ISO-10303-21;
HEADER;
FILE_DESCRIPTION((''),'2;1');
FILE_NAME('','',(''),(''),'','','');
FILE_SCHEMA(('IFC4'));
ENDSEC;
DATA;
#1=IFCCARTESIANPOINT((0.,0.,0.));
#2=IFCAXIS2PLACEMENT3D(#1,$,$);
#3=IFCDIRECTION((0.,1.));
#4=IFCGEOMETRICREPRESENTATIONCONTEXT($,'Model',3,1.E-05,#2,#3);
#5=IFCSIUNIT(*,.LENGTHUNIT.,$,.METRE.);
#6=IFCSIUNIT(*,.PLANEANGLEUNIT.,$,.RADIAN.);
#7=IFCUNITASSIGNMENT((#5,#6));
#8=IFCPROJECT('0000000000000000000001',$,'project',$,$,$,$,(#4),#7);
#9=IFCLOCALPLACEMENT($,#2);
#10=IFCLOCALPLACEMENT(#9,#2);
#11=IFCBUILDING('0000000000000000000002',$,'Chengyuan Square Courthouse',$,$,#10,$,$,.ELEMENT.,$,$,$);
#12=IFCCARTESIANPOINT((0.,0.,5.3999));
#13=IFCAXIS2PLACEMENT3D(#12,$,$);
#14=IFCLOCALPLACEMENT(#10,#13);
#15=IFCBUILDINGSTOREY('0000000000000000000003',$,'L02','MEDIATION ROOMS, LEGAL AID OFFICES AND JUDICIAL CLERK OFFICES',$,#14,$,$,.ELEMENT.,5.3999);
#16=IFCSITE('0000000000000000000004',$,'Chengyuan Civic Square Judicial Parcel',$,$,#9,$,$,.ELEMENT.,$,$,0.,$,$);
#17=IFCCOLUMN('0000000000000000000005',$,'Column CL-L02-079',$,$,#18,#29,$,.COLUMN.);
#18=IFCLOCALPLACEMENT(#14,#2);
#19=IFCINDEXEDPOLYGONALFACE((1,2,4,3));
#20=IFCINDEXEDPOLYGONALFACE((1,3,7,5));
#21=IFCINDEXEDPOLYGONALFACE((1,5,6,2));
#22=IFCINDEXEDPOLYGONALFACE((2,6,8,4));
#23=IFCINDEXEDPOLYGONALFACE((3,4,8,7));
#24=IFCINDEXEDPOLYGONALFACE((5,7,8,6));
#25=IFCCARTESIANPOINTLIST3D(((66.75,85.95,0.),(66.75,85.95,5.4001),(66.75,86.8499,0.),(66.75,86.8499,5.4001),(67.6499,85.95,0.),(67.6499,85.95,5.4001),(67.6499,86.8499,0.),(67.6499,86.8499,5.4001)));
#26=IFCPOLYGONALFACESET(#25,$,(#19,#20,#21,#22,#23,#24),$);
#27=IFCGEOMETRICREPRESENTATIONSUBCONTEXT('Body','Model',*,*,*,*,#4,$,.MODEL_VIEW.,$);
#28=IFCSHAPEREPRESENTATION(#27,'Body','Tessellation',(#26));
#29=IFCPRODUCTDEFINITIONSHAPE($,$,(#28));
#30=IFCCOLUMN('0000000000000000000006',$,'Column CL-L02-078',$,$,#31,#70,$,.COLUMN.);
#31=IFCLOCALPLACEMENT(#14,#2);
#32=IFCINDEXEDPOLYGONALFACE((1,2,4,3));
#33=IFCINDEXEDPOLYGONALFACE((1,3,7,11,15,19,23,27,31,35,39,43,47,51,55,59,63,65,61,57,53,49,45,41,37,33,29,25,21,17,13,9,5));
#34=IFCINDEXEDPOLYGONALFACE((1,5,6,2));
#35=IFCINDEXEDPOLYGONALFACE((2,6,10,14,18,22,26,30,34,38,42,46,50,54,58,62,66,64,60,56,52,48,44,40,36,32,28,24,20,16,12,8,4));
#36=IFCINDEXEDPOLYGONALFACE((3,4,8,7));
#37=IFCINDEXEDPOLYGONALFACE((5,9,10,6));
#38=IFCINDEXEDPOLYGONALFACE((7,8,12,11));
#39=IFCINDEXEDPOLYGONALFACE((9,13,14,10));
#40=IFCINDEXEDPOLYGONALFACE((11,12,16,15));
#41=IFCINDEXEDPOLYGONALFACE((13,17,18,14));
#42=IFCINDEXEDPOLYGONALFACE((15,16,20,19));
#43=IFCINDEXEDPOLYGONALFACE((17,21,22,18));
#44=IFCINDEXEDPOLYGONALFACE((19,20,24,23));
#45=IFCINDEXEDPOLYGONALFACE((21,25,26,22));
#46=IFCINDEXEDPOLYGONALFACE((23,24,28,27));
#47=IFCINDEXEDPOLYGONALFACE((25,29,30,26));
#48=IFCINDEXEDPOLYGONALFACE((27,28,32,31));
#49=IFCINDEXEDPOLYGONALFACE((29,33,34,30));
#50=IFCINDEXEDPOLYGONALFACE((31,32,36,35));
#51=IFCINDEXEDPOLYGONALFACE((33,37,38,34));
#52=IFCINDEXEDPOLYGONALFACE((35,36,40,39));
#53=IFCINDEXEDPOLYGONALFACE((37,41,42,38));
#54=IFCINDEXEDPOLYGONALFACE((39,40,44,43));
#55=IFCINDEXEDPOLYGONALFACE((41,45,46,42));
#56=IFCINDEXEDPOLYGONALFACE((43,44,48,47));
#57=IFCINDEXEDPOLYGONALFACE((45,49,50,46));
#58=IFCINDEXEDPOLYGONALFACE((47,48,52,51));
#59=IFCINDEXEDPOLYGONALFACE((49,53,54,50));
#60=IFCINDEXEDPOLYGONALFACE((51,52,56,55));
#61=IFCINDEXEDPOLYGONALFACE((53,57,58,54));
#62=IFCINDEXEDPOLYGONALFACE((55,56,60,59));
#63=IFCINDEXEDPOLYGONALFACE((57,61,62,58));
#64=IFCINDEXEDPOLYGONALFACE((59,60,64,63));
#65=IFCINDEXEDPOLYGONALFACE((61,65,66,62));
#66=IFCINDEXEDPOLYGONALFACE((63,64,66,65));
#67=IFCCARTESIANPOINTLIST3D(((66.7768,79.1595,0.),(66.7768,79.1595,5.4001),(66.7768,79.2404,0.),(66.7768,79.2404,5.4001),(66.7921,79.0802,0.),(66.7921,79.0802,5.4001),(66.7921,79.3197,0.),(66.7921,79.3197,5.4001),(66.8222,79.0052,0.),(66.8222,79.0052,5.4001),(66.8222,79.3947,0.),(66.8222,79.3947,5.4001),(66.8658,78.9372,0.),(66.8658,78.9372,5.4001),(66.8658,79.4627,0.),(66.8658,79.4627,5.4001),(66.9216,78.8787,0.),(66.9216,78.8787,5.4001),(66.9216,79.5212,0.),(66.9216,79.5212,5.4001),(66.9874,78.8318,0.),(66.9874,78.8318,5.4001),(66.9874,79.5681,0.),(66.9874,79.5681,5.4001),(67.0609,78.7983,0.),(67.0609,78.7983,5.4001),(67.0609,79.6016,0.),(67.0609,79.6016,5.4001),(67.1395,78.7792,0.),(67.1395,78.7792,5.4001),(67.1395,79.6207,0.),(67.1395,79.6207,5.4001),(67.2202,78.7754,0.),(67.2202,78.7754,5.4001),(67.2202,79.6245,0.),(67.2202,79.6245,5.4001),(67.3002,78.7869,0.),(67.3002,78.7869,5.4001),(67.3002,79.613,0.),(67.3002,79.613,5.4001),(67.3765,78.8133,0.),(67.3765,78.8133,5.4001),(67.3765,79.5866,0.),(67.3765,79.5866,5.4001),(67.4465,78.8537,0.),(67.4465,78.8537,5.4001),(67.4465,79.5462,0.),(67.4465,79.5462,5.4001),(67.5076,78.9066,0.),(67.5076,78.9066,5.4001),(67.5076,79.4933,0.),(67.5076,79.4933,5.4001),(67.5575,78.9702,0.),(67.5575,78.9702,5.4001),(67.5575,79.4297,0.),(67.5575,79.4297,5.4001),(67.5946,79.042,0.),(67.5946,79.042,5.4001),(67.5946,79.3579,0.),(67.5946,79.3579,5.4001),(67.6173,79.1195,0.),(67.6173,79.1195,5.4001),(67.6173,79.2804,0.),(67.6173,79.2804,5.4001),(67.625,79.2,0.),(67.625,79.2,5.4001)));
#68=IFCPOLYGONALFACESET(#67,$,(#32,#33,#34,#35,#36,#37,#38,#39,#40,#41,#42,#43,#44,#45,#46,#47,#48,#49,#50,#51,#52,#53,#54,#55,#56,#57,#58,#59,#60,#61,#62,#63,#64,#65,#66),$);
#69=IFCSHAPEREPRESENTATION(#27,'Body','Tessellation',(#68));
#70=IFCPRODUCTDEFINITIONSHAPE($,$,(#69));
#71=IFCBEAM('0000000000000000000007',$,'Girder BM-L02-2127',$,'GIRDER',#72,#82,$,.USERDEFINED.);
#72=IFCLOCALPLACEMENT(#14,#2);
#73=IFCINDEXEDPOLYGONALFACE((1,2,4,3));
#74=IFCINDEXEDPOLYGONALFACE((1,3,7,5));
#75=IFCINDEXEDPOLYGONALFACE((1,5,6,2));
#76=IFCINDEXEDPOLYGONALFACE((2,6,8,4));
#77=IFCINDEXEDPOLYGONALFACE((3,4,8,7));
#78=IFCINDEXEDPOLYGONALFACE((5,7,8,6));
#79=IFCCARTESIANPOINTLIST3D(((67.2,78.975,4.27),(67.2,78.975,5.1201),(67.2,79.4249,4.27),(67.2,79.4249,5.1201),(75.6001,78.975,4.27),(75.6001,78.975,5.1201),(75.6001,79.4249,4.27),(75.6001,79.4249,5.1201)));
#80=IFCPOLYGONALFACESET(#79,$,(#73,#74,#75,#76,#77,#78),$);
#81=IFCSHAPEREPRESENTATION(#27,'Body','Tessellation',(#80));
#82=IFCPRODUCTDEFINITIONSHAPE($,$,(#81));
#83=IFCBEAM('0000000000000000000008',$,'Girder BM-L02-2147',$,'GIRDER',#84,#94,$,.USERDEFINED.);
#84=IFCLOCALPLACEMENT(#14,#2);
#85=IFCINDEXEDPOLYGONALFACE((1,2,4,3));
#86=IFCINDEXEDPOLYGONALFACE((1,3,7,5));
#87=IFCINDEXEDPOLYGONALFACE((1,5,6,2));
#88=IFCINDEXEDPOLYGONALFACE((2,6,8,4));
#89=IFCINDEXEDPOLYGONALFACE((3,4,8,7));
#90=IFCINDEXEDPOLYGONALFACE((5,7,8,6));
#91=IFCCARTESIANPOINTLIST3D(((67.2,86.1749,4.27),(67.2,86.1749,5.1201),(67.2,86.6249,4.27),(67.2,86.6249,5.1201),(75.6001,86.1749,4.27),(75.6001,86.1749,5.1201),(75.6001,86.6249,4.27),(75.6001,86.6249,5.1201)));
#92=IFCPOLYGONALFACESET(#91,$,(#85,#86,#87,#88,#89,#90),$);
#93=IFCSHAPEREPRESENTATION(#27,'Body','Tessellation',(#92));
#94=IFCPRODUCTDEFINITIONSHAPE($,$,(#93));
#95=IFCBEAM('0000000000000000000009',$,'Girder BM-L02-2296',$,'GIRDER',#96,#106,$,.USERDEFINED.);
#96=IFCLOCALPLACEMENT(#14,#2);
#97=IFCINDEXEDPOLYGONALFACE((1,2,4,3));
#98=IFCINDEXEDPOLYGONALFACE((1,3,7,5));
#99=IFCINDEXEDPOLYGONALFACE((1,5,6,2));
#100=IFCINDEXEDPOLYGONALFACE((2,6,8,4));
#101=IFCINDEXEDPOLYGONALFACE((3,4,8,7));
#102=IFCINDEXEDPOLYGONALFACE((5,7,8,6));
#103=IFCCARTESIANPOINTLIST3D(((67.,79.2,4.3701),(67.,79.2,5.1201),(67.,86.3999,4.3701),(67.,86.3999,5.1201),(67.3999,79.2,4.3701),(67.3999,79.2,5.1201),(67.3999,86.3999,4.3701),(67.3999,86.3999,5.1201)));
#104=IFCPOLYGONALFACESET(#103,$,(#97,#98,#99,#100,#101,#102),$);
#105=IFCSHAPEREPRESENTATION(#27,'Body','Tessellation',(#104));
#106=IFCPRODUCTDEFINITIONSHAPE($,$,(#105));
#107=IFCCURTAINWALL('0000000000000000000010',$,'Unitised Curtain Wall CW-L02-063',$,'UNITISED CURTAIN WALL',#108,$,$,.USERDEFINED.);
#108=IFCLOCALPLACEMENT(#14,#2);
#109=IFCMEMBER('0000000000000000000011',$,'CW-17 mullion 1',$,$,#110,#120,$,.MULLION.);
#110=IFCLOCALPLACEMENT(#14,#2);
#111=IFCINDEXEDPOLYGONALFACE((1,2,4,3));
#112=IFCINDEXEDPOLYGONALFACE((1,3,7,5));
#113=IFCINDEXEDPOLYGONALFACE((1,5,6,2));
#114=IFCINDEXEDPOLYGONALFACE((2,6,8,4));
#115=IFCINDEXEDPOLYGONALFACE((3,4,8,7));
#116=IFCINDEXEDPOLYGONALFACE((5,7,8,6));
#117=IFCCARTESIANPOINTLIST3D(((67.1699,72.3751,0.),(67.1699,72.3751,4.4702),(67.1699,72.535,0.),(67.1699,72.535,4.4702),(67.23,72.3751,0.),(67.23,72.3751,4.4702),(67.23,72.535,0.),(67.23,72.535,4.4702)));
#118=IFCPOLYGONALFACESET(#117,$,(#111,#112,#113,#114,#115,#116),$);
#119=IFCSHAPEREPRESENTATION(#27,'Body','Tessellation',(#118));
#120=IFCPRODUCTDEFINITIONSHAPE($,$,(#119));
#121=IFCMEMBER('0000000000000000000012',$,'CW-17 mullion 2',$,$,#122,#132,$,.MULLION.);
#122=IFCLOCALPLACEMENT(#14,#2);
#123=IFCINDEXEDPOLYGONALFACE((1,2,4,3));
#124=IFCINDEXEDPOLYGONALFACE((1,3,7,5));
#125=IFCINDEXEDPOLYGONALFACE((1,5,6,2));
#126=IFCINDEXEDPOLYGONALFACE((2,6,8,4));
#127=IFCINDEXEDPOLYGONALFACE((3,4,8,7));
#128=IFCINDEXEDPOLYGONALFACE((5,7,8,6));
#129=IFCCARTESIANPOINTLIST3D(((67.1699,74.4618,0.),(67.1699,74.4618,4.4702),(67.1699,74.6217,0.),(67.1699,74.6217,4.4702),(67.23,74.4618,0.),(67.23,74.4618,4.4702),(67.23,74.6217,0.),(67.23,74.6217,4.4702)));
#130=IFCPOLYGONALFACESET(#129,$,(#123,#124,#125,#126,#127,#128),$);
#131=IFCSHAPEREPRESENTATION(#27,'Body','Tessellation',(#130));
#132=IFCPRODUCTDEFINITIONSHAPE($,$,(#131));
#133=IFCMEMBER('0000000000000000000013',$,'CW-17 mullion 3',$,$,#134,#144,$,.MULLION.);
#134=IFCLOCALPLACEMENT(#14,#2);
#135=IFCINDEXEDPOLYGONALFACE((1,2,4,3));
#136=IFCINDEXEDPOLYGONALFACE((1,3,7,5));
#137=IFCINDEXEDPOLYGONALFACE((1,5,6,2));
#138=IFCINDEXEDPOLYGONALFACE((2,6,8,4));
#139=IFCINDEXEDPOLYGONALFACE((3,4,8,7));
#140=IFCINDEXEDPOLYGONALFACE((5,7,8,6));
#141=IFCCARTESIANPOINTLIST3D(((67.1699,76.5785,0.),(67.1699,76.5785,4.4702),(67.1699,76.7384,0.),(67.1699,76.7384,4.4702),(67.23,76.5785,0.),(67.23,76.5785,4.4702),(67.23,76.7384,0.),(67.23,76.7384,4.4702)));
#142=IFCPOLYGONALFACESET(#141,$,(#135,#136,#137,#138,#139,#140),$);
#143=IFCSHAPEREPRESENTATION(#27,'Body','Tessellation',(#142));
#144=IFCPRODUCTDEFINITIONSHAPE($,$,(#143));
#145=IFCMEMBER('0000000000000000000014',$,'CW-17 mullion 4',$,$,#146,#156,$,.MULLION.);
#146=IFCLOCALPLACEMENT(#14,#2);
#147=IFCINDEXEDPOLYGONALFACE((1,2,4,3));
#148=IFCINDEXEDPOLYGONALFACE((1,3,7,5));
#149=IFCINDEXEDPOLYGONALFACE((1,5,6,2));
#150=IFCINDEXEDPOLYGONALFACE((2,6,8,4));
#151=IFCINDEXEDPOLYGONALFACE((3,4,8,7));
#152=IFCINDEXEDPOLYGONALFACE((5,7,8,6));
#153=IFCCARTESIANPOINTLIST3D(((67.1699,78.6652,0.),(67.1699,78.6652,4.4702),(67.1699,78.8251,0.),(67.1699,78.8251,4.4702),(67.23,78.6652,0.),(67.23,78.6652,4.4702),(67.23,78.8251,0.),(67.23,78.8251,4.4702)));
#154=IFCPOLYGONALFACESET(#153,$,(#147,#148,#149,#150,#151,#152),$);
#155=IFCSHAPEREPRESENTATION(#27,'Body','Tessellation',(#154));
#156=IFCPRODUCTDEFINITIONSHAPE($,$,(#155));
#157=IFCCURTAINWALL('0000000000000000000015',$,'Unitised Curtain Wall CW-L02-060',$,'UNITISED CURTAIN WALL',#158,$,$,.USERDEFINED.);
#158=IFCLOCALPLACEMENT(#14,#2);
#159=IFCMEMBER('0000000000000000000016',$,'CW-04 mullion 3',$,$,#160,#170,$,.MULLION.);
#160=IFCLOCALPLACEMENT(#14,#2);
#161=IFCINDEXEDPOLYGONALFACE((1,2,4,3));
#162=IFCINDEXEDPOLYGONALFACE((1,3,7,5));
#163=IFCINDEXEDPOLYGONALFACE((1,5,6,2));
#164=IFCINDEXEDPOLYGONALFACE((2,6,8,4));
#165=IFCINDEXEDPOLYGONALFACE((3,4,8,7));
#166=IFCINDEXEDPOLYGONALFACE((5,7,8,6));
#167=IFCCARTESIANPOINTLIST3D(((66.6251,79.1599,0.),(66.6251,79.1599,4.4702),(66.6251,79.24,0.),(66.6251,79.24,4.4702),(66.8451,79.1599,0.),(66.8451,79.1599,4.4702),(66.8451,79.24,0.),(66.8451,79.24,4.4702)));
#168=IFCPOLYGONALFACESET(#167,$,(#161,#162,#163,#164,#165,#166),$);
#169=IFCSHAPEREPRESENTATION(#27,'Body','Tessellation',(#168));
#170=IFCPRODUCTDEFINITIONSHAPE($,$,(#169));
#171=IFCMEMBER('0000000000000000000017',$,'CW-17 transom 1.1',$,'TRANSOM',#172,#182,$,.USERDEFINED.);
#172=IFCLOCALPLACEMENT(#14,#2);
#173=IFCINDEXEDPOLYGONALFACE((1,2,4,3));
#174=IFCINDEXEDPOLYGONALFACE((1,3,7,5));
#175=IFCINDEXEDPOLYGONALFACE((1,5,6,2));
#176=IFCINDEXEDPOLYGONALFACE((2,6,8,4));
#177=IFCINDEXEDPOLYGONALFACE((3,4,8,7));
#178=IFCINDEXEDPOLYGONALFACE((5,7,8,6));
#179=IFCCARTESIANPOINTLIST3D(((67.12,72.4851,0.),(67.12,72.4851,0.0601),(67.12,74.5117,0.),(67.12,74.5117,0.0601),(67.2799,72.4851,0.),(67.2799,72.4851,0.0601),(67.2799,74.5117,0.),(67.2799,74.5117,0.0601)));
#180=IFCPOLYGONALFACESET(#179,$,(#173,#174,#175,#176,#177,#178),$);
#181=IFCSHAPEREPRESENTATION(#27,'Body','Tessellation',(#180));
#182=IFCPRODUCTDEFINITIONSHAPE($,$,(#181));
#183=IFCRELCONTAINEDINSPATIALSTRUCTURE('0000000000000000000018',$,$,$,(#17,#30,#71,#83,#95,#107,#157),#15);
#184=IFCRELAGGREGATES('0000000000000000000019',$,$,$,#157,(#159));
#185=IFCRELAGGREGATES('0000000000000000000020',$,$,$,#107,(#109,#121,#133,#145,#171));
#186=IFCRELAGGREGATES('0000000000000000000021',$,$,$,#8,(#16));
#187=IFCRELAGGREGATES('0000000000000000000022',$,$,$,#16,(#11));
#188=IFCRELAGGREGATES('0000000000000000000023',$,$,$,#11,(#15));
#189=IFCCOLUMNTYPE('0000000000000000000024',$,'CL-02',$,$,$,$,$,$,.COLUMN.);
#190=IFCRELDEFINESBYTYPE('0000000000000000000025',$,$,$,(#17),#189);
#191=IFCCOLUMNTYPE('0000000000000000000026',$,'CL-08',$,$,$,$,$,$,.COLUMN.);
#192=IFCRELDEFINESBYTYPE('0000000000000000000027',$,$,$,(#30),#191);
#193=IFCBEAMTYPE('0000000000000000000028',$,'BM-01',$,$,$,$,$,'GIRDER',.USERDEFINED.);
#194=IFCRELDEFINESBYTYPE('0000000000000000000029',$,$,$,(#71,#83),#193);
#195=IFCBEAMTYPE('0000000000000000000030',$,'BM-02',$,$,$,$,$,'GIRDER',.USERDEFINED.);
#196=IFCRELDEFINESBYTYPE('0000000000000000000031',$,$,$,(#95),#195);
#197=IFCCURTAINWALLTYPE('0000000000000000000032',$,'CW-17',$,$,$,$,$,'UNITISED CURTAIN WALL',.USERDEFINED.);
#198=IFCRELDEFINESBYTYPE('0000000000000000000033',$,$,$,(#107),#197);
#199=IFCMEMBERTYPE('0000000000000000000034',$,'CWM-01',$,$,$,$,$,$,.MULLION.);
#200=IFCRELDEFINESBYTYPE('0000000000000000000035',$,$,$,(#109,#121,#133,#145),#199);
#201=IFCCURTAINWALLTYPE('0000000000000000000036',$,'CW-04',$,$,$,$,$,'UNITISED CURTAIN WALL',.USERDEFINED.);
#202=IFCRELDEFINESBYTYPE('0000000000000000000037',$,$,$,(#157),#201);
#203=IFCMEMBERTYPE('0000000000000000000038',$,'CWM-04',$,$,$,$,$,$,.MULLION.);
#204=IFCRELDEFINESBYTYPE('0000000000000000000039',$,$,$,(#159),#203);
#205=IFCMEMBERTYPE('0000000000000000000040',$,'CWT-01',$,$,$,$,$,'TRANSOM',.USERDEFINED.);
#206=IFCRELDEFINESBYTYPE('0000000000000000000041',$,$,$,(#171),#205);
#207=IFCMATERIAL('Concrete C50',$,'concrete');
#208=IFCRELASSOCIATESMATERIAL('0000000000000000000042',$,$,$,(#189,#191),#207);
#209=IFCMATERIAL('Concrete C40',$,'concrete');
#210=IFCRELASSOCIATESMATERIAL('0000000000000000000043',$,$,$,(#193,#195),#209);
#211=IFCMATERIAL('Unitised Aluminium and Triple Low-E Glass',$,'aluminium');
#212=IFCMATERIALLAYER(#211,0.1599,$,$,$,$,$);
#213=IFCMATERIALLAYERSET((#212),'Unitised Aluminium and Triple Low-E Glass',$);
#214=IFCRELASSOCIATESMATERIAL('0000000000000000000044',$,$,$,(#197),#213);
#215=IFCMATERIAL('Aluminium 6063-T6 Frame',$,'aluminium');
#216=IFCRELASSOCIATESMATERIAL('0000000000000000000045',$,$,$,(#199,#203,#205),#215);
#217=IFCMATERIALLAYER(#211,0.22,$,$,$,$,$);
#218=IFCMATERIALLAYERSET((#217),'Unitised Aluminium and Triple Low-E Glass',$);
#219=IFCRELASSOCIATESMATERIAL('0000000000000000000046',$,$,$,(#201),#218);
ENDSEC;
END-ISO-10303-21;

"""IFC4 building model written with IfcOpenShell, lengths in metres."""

from ifc_helpers import new_model, si_unit, direction, frame, origin, origin_2d, place, context, subcontext, project, spatial, rectangle, circle, extrude, material, layer, layer_set, material_profile, profile_set, type_object, element, aggregate, save


model = new_model("IFC4")

# Units and contexts
model_context = context("Model", 3, precision=1e-05, world=origin(), true_north=direction((0.0, 1.0)))
body_context = subcontext(model_context, "Body", "Model", "MODEL_VIEW")
ifc_project = project(units=[si_unit("LENGTHUNIT", "METRE"), si_unit("PLANEANGLEUNIT", "RADIAN")], contexts=[model_context])

# Site, building, storey
site_placement = place(None, origin())
site = spatial("IfcSite", under=ifc_project, at=site_placement, Name="Chengyuan Civic Square Judicial Parcel", CompositionType="ELEMENT", RefElevation=0.0)
building_placement = place(site_placement, origin())
building = spatial("IfcBuilding", under=site, at=building_placement, Name="Chengyuan Square Courthouse", CompositionType="ELEMENT")
storey_placement = place(building_placement, frame((0.0, 0.0, 5.3999)))
storey = spatial("IfcBuildingStorey", under=building, at=storey_placement, Name="L02", Description="MEDIATION ROOMS, LEGAL AID OFFICES AND JUDICIAL CLERK OFFICES", CompositionType="ELEMENT", Elevation=5.3999)

# Columns
ifc_material_1 = material(Name="Concrete C50", Category="concrete")
ifc_material_profile_1 = material_profile(ifc_material_1, rectangle(XDim=0.8999, YDim=0.8999, at=origin_2d()), Name="RC-COL-900x900")
ifc_profile_set_1 = profile_set([ifc_material_profile_1], Name="Concrete C50")
column_type_1 = type_object("IfcColumnType", Name="CL-02", PredefinedType="COLUMN", material=ifc_profile_set_1)
column_1_placement = place(storey_placement, frame((67.2, 86.3999, 0.0), z_axis=(0.0, 0.0, 1.0), x_axis=(1.0, 0.0, 0.0)))
element("IfcColumn", 1, at=column_1_placement, inside=storey, type_object=column_type_1, Name="Column CL-L02-079", PredefinedType="COLUMN", context=body_context, shape_type="SweptSolid", body=[
    extrude(rectangle(XDim=0.8999, YDim=0.8999, at=origin_2d()), origin(), (0.0, 0.0, 1.0), 5.4001),
])
ifc_material_profile_2 = material_profile(ifc_material_1, circle(Radius=0.425, at=origin_2d()), Name="RC-COL-D850")
ifc_profile_set_2 = profile_set([ifc_material_profile_2], Name="Concrete C50")
column_type_2 = type_object("IfcColumnType", Name="CL-08", PredefinedType="COLUMN", material=ifc_profile_set_2)
column_2_placement = place(storey_placement, frame((67.2, 79.2, 0.0), z_axis=(0.0, 0.0, 1.0), x_axis=(1.0, 0.0, 0.0)))
element("IfcColumn", 2, at=column_2_placement, inside=storey, type_object=column_type_2, Name="Column CL-L02-078", PredefinedType="COLUMN", context=body_context, shape_type="SweptSolid", body=[
    extrude(circle(Radius=0.425, at=origin_2d()), origin(), (0.0, 0.0, 1.0), 5.4001),
])

# Beams
ifc_material_2 = material(Name="Concrete C40", Category="concrete")
ifc_material_profile_3 = material_profile(ifc_material_2, rectangle(XDim=0.45, YDim=0.8501, at=origin_2d()), Name="RC-BM-450x850")
ifc_profile_set_3 = profile_set([ifc_material_profile_3], Name="Concrete C40")
beam_type_1 = type_object("IfcBeamType", Name="BM-01", ElementType="GIRDER", PredefinedType="USERDEFINED", material=ifc_profile_set_3)
for number, where, z_axis, x_axis, name in (
    (3, (67.2, 79.2, 4.6951), (1.0, 0.0, 0.0), (0.0, 1.0, 0.0), "Girder BM-L02-2127"),
    (4, (67.2, 86.3999, 4.6951), (1.0, 0.0, 0.0), (0.0, 1.0, 0.0), "Girder BM-L02-2147"),
):
    element("IfcBeam", number, at=place(storey_placement, frame(where, z_axis=z_axis, x_axis=x_axis)), inside=storey, type_object=beam_type_1, Name=name, ObjectType="GIRDER", PredefinedType="USERDEFINED", context=body_context, shape_type="SweptSolid", body=[
        extrude(rectangle(XDim=0.45, YDim=0.8501, at=origin_2d()), origin(), (0.0, 0.0, 1.0), 8.4001),
    ])
ifc_material_profile_4 = material_profile(ifc_material_2, rectangle(XDim=0.3999, YDim=0.75, at=origin_2d()), Name="RC-BM-400x750")
ifc_profile_set_4 = profile_set([ifc_material_profile_4], Name="Concrete C40")
beam_type_2 = type_object("IfcBeamType", Name="BM-02", ElementType="GIRDER", PredefinedType="USERDEFINED", material=ifc_profile_set_4)
beam_placement = place(storey_placement, frame((67.2, 79.2, 4.7451), z_axis=(0.0, 1.0, 0.0), x_axis=(-1.0, 0.0, 0.0)))
element("IfcBeam", 5, at=beam_placement, inside=storey, type_object=beam_type_2, Name="Girder BM-L02-2296", ObjectType="GIRDER", PredefinedType="USERDEFINED", context=body_context, shape_type="SweptSolid", body=[
    extrude(rectangle(XDim=0.3999, YDim=0.75, at=origin_2d()), origin(), (0.0, 0.0, 1.0), 7.2),
])

# Curtain wall, members
ifc_material_3 = material(Name="Unitised Aluminium and Triple Low-E Glass", Category="aluminium")
ifc_layer_1 = layer(ifc_material_3, 0.1599)
ifc_layer_set_1 = layer_set([ifc_layer_1], Name="Unitised Aluminium and Triple Low-E Glass")
curtain_wall_type_1 = type_object("IfcCurtainWallType", Name="CW-17", ElementType="UNITISED CURTAIN WALL", PredefinedType="USERDEFINED", material=ifc_layer_set_1)
curtain_wall_1_placement = place(storey_placement, origin())
curtain_wall_1 = element("IfcCurtainWall", 6, at=curtain_wall_1_placement, inside=storey, type_object=curtain_wall_type_1, Name="Unitised Curtain Wall CW-L02-063", ObjectType="UNITISED CURTAIN WALL", PredefinedType="USERDEFINED")
ifc_material_4 = material(Name="Aluminium 6063-T6 Frame", Category="aluminium")
ifc_material_profile_5 = material_profile(ifc_material_4, rectangle(XDim=0.0601, YDim=0.1599, at=origin_2d()), Name="CW-MUL-60x160")
ifc_profile_set_5 = profile_set([ifc_material_profile_5], Name="Aluminium 6063-T6 Frame")
member_type_1 = type_object("IfcMemberType", Name="CWM-01", PredefinedType="MULLION", material=ifc_profile_set_5)
member_1_placement = place(storey_placement, frame((67.2, 72.4551, 0.0), z_axis=(0.0, 0.0, 1.0), x_axis=(-1.0, 0.0, 0.0)))
member_1 = element("IfcMember", 7, at=member_1_placement, type_object=member_type_1, Name="CW-17 mullion 1", PredefinedType="MULLION", context=body_context, shape_type="SweptSolid", body=[
    extrude(rectangle(XDim=0.0601, YDim=0.1599, at=origin_2d()), origin(), (0.0, 0.0, 1.0), 4.4702),
])
member_2_placement = place(storey_placement, frame((67.2, 74.5417, 0.0), z_axis=(0.0, 0.0, 1.0), x_axis=(-1.0, 0.0, 0.0)))
member_2 = element("IfcMember", 8, at=member_2_placement, type_object=member_type_1, Name="CW-17 mullion 2", PredefinedType="MULLION", context=body_context, shape_type="SweptSolid", body=[
    extrude(rectangle(XDim=0.0601, YDim=0.1599, at=origin_2d()), origin(), (0.0, 0.0, 1.0), 4.4702),
])
member_3_placement = place(storey_placement, frame((67.2, 76.6584, 0.0), z_axis=(0.0, 0.0, 1.0), x_axis=(-1.0, 0.0, 0.0)))
member_3 = element("IfcMember", 9, at=member_3_placement, type_object=member_type_1, Name="CW-17 mullion 3", PredefinedType="MULLION", context=body_context, shape_type="SweptSolid", body=[
    extrude(rectangle(XDim=0.0601, YDim=0.1599, at=origin_2d()), origin(), (0.0, 0.0, 1.0), 4.4702),
])
member_4_placement = place(storey_placement, frame((67.2, 78.7451, 0.0), z_axis=(0.0, 0.0, 1.0), x_axis=(-1.0, 0.0, 0.0)))
member_4 = element("IfcMember", 10, at=member_4_placement, type_object=member_type_1, Name="CW-17 mullion 4", PredefinedType="MULLION", context=body_context, shape_type="SweptSolid", body=[
    extrude(rectangle(XDim=0.0601, YDim=0.1599, at=origin_2d()), origin(), (0.0, 0.0, 1.0), 4.4702),
])

# Curtain wall, member
ifc_layer_2 = layer(ifc_material_3, 0.22)
ifc_layer_set_2 = layer_set([ifc_layer_2], Name="Unitised Aluminium and Triple Low-E Glass")
curtain_wall_type_2 = type_object("IfcCurtainWallType", Name="CW-04", ElementType="UNITISED CURTAIN WALL", PredefinedType="USERDEFINED", material=ifc_layer_set_2)
curtain_wall_2_placement = place(storey_placement, origin())
curtain_wall_2 = element("IfcCurtainWall", 11, at=curtain_wall_2_placement, inside=storey, type_object=curtain_wall_type_2, Name="Unitised Curtain Wall CW-L02-060", ObjectType="UNITISED CURTAIN WALL", PredefinedType="USERDEFINED")
ifc_material_profile_6 = material_profile(ifc_material_4, rectangle(XDim=0.0801, YDim=0.22, at=origin_2d()), Name="CW-MUL-80x220")
ifc_profile_set_6 = profile_set([ifc_material_profile_6], Name="Aluminium 6063-T6 Frame")
member_type_2 = type_object("IfcMemberType", Name="CWM-04", PredefinedType="MULLION", material=ifc_profile_set_6)
member_5_placement = place(storey_placement, frame((66.7351, 79.2, 0.0), z_axis=(0.0, 0.0, 1.0), x_axis=(0.0, 1.0, 0.0)))
member_5 = element("IfcMember", 12, at=member_5_placement, type_object=member_type_2, Name="CW-04 mullion 3", PredefinedType="MULLION", context=body_context, shape_type="SweptSolid", body=[
    extrude(rectangle(XDim=0.0801, YDim=0.22, at=origin_2d()), origin(), (0.0, 0.0, 1.0), 4.4702),
])

# Member
ifc_material_profile_7 = material_profile(ifc_material_4, rectangle(XDim=0.1599, YDim=0.0601, at=origin_2d()), Name="CW-TRN-60x120")
ifc_profile_set_7 = profile_set([ifc_material_profile_7], Name="Aluminium 6063-T6 Frame")
member_type_3 = type_object("IfcMemberType", Name="CWT-01", ElementType="TRANSOM", PredefinedType="USERDEFINED", material=ifc_profile_set_7)
member_6_placement = place(storey_placement, frame((67.2, 72.4851, 0.03), z_axis=(0.0, 1.0, 0.0), x_axis=(-1.0, 0.0, 0.0)))
member_6 = element("IfcMember", 13, at=member_6_placement, type_object=member_type_3, Name="CW-17 transom 1.1", ObjectType="TRANSOM", PredefinedType="USERDEFINED", context=body_context, shape_type="SweptSolid", body=[
    extrude(rectangle(XDim=0.1599, YDim=0.0601, at=origin_2d()), origin(), (0.0, 0.0, 1.0), 2.0266),
])

aggregate(curtain_wall_2, [member_5])
aggregate(curtain_wall_1, [member_1, member_2, member_3, member_4, member_6])

save(model, "model.ifc")
